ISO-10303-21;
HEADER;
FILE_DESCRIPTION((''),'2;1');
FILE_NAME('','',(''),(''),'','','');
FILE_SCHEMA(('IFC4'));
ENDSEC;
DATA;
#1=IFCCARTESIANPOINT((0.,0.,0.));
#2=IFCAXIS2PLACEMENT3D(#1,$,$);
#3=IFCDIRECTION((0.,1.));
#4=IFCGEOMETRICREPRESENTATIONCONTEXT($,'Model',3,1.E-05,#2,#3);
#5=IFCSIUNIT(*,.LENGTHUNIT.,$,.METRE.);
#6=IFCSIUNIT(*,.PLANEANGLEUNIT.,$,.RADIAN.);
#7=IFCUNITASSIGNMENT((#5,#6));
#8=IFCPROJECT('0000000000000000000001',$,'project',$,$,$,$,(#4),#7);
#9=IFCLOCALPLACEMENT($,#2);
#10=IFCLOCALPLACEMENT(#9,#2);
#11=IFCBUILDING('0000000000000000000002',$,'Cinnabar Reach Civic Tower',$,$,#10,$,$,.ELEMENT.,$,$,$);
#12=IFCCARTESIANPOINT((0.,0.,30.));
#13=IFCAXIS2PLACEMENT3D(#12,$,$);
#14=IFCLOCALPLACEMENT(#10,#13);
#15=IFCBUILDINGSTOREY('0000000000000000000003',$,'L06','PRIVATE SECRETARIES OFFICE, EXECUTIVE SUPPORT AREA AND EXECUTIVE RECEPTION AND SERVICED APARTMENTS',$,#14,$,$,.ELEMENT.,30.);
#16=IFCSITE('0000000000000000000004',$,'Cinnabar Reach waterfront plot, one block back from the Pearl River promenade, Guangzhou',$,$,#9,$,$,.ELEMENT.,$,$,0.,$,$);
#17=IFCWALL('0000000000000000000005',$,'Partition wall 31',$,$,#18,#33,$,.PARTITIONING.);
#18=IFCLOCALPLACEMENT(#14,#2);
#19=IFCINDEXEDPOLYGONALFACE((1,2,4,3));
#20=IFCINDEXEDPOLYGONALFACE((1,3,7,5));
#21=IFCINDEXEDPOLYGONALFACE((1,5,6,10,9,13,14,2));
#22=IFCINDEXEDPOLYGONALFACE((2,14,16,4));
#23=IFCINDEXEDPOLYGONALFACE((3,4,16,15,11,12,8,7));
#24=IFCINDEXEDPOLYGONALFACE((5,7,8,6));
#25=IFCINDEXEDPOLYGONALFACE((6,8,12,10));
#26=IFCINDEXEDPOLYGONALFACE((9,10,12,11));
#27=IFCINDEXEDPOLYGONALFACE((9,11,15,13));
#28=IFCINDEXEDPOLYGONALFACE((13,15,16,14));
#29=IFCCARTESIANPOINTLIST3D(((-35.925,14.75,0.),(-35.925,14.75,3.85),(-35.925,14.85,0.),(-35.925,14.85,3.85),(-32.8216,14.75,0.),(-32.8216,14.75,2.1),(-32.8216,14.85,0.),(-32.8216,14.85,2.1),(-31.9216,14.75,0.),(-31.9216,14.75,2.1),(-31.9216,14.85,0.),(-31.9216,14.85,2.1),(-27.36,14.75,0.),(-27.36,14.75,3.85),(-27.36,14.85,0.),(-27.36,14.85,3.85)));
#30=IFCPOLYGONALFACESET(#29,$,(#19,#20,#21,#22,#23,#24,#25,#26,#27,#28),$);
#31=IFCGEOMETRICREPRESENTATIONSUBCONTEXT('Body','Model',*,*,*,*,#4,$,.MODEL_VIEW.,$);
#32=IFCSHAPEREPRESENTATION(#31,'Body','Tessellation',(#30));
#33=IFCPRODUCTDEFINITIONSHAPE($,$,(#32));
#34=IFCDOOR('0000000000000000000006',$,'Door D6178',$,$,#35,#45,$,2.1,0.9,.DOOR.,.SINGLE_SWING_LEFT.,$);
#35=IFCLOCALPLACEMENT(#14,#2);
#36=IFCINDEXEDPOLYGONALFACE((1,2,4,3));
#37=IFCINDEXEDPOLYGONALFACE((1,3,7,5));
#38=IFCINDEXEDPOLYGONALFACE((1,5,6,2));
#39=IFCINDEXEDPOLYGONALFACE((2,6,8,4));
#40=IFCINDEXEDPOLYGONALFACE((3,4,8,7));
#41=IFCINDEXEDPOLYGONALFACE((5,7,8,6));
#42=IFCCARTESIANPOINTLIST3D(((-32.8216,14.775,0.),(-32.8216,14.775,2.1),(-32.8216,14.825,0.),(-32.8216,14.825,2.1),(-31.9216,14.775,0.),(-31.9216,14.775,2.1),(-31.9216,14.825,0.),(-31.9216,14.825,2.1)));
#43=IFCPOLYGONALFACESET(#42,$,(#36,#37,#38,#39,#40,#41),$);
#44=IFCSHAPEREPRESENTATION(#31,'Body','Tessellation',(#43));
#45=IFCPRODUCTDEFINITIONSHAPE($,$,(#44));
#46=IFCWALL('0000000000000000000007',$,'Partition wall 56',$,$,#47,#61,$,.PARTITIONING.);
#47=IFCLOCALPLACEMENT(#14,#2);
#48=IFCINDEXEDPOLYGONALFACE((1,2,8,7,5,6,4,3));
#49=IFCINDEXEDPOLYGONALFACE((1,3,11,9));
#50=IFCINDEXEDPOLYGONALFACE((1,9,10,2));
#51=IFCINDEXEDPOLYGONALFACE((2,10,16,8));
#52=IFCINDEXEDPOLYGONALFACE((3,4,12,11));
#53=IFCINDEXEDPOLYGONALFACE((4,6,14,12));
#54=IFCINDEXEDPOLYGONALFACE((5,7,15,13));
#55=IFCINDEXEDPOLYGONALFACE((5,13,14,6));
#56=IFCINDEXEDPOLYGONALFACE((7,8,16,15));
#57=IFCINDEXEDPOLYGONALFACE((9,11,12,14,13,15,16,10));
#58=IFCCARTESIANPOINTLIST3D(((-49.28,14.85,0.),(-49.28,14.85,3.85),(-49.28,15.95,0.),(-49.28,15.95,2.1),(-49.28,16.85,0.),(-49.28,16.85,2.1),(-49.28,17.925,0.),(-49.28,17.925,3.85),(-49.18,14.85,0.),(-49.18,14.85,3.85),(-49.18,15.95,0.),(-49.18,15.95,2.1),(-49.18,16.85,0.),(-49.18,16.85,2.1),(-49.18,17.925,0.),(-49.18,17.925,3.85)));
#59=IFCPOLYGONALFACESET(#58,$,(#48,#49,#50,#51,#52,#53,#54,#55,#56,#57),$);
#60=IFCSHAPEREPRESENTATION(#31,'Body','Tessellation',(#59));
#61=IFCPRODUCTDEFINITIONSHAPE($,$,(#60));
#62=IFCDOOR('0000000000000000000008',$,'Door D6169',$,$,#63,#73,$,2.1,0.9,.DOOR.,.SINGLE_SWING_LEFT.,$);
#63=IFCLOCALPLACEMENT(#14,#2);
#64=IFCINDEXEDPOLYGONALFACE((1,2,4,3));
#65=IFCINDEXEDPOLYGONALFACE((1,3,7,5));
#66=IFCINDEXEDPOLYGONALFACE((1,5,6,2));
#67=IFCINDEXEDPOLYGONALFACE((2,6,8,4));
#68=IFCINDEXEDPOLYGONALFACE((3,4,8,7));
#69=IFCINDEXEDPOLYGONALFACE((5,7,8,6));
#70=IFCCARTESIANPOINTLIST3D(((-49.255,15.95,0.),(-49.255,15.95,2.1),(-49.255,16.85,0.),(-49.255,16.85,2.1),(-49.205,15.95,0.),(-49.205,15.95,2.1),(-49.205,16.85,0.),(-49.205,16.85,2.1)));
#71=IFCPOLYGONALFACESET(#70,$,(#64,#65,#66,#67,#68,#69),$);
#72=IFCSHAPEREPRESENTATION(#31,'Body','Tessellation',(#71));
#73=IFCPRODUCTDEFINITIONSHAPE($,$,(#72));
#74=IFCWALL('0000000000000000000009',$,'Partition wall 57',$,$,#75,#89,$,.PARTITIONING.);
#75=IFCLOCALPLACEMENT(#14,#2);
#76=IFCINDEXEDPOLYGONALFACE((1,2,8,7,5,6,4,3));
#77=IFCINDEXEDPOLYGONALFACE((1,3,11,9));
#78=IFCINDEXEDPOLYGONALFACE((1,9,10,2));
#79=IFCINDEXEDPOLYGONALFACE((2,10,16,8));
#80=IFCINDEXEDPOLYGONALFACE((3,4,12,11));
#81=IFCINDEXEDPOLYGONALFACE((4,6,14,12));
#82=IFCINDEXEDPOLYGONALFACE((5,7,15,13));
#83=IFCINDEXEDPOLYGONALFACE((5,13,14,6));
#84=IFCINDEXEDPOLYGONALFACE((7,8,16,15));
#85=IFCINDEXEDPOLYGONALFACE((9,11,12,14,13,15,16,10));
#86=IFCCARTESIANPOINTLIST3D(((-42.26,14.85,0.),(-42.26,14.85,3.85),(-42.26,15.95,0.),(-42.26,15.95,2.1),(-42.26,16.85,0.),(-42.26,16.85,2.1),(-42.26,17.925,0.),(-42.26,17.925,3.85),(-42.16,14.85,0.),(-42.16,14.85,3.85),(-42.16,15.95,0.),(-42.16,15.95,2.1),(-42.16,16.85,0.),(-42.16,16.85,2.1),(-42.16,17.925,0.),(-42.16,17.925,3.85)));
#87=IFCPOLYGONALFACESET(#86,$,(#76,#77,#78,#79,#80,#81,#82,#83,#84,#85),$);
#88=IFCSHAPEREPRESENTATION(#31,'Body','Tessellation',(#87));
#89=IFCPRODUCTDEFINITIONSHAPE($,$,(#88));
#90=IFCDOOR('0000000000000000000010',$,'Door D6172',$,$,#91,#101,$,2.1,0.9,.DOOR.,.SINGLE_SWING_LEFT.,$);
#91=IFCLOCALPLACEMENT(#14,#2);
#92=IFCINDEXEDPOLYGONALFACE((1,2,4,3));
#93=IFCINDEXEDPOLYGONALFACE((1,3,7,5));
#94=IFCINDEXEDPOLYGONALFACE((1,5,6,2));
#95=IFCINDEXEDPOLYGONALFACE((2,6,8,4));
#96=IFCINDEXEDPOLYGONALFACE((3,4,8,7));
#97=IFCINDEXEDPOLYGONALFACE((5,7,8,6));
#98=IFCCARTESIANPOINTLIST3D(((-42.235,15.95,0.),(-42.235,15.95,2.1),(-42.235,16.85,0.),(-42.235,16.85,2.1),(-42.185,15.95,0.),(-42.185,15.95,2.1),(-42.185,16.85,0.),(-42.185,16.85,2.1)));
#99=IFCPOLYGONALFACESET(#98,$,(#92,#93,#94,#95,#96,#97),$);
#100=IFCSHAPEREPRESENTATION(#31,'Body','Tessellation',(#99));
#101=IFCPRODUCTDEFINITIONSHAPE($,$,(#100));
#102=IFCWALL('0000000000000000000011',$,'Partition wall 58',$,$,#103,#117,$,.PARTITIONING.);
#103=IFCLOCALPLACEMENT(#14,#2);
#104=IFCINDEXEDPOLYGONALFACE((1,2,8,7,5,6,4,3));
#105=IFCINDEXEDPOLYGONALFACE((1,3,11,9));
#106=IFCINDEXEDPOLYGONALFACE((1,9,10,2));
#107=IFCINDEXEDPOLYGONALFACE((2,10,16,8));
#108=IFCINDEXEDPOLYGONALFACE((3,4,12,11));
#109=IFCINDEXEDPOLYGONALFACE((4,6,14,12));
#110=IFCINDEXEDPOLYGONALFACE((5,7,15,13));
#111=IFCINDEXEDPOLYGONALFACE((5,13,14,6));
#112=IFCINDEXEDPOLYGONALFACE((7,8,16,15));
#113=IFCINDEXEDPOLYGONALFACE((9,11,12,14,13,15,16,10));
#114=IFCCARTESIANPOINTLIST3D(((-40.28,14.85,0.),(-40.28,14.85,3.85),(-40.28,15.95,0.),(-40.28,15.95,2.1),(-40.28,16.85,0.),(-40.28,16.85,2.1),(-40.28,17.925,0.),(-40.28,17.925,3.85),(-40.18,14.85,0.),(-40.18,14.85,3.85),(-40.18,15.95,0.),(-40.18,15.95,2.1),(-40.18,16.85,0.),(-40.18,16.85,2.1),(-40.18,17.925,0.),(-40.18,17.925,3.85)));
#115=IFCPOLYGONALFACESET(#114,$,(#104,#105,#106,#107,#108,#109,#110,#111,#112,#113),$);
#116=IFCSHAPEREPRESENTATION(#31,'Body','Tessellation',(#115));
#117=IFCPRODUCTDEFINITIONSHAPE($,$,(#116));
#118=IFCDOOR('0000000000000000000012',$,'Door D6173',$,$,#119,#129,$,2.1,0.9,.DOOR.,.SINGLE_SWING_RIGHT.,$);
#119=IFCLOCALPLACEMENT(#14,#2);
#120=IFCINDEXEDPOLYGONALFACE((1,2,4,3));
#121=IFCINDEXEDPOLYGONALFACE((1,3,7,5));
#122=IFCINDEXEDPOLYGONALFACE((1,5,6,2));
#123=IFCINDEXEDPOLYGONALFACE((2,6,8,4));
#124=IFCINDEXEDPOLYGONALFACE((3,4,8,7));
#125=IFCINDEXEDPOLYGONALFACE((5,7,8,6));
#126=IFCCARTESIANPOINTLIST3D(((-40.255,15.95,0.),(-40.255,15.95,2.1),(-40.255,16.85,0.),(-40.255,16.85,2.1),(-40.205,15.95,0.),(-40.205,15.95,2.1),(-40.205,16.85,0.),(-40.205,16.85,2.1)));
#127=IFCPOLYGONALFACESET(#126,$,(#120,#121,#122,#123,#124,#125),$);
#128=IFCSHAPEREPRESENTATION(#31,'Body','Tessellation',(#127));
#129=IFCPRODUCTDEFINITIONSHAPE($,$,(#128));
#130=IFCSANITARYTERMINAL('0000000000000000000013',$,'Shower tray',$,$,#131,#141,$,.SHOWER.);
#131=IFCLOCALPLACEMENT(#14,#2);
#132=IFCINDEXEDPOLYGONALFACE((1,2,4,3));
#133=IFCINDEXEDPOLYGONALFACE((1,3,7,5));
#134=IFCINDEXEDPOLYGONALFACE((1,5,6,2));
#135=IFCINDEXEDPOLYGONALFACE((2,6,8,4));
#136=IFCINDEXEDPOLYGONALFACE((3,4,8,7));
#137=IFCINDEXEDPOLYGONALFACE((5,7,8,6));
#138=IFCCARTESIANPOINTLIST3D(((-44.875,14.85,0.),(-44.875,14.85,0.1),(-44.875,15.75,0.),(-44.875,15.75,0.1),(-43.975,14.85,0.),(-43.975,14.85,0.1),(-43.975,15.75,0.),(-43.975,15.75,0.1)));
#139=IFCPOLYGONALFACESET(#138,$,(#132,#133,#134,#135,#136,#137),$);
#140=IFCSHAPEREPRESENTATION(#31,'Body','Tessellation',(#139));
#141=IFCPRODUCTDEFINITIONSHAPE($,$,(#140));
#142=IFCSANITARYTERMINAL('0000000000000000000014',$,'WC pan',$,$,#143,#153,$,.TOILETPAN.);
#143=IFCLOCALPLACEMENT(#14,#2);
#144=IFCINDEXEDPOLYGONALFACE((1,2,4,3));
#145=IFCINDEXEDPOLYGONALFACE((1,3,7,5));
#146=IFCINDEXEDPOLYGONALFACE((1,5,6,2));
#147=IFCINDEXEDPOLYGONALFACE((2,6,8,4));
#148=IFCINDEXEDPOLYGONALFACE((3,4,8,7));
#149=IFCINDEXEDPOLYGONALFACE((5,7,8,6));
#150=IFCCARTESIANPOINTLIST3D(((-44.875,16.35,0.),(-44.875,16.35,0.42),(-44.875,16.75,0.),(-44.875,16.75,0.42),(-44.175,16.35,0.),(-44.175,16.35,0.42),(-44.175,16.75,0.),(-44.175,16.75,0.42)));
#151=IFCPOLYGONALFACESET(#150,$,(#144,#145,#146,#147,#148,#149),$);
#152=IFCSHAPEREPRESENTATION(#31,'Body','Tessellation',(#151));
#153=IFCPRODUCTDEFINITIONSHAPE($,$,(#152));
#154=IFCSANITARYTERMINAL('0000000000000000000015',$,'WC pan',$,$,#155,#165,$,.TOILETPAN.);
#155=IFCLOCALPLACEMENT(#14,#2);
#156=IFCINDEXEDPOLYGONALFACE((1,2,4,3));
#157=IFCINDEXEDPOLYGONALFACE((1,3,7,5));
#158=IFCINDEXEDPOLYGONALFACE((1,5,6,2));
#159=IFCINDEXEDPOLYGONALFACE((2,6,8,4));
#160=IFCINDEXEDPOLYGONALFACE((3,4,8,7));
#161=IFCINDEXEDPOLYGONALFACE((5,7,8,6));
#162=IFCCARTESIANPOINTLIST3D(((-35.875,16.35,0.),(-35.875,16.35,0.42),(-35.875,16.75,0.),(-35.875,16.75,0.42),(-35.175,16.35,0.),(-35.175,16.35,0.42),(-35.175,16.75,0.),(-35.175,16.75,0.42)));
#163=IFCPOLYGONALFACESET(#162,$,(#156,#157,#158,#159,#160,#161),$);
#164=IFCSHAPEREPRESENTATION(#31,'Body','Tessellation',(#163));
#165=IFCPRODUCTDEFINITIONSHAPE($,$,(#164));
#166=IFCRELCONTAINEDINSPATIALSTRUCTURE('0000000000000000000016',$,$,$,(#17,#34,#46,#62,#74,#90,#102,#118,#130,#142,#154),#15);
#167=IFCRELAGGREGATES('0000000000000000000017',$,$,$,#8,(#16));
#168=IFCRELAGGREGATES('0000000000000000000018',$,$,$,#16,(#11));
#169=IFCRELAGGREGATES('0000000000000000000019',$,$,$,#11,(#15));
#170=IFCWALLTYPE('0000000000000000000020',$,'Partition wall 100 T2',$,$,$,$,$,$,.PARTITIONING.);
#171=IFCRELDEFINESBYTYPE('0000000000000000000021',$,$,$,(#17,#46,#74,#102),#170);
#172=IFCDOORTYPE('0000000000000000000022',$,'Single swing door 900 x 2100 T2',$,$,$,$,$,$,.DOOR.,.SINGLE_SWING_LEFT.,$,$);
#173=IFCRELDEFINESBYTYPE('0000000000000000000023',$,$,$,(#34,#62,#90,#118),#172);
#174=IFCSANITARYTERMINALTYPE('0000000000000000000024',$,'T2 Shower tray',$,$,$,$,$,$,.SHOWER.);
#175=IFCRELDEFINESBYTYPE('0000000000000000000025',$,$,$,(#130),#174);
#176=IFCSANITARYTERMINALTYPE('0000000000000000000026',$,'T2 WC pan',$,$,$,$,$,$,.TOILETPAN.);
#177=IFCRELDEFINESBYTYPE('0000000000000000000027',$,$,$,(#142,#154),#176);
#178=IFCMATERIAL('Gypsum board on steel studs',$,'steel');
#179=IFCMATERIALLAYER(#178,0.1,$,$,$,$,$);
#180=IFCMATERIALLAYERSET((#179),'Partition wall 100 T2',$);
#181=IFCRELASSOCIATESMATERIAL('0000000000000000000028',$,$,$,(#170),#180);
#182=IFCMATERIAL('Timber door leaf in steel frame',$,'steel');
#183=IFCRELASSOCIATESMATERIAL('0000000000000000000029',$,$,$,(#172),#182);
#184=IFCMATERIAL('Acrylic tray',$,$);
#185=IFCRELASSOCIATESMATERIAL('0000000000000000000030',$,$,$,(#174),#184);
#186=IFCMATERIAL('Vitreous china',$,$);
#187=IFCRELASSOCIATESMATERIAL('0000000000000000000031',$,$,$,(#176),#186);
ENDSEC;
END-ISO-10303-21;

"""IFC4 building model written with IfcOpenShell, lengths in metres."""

from ifc_helpers import new_model, si_unit, direction, frame, frame_2d, origin, origin_2d, place, context, subcontext, project, spatial, rectangle, extrude, material, layer, layer_set, type_object, element, fill, save


model = new_model("IFC4")

# Units and contexts
model_context = context("Model", 3, precision=1e-05, world=origin(), true_north=direction((0.0, 1.0)))
body_context = subcontext(model_context, "Body", "Model", "MODEL_VIEW")
ifc_project = project(units=[si_unit("LENGTHUNIT", "METRE"), si_unit("PLANEANGLEUNIT", "RADIAN")], contexts=[model_context])

# Site, building, storey
site_placement = place(None, origin())
site = spatial("IfcSite", under=ifc_project, at=site_placement, Name="Cinnabar Reach waterfront plot, one block back from the Pearl River promenade, Guangzhou", CompositionType="ELEMENT", RefElevation=0.0)
building_placement = place(site_placement, origin())
building = spatial("IfcBuilding", under=site, at=building_placement, Name="Cinnabar Reach Civic Tower", CompositionType="ELEMENT")
storey_placement = place(building_placement, frame((0.0, 0.0, 30.0)))
storey = spatial("IfcBuildingStorey", under=building, at=storey_placement, Name="L06", Description="PRIVATE SECRETARIES OFFICE, EXECUTIVE SUPPORT AREA AND EXECUTIVE RECEPTION AND SERVICED APARTMENTS", CompositionType="ELEMENT", Elevation=30.0)

# Shared definitions
ifc_material_1 = material(Name="Timber door leaf in steel frame", Category="steel")

# Walls, openings, doors
ifc_material_2 = material(Name="Gypsum board on steel studs", Category="steel")
ifc_layer_1 = layer(ifc_material_2, 0.1)
ifc_layer_set_1 = layer_set([ifc_layer_1], Name="Partition wall 100 T2")
wall_type_1 = type_object("IfcWallType", Name="Partition wall 100 T2", PredefinedType="PARTITIONING", material=ifc_layer_set_1)
door_type_1 = type_object("IfcDoorType", Name="Single swing door 900 x 2100 T2", OperationType="SINGLE_SWING_LEFT", PredefinedType="DOOR", material=ifc_material_1)
wall_1_placement = place(storey_placement, frame((-35.925, 14.8, 0.0), z_axis=(0.0, 0.0, 1.0), x_axis=(1.0, 0.0, 0.0)))
wall_1 = element("IfcWall", 1, at=wall_1_placement, inside=storey, type_object=wall_type_1, Name="Partition wall 31", PredefinedType="PARTITIONING", context=body_context, shape_type="SweptSolid", body=[
    extrude(rectangle(XDim=8.565, YDim=0.1, at=frame_2d((4.2825, 0.0))), origin(), (0.0, 0.0, 1.0), 3.85),
])
opening_1_placement = place(wall_1_placement, frame((3.1034, 0.0, 0.0)))
opening_1 = element("IfcOpeningElement", 2, at=opening_1_placement, cuts=wall_1, PredefinedType="OPENING", context=body_context, shape_type="SweptSolid", body=[
    extrude(rectangle(XDim=0.9, YDim=2.1, at=frame_2d((0.45, 1.05))), frame((0.0, 0.06, 0.0), z_axis=(0.0, -1.0, 0.0), x_axis=(1.0, 0.0, 0.0)), (0.0, 0.0, 1.0), 0.12),
])
door_1_placement = place(opening_1_placement, origin())
door_1 = element("IfcDoor", 3, at=door_1_placement, inside=storey, type_object=door_type_1, Name="Door D6178", OperationType="SINGLE_SWING_LEFT", OverallHeight=2.1, OverallWidth=0.9, PredefinedType="DOOR", context=body_context, shape_type="SweptSolid", body=[
    extrude(rectangle(XDim=0.9, YDim=2.1, at=frame_2d((0.45, 1.05))), frame((0.0, 0.025, 0.0), z_axis=(0.0, -1.0, 0.0), x_axis=(1.0, 0.0, 0.0)), (0.0, 0.0, 1.0), 0.05),
])
fill(opening_1, door_1)
wall_2_placement = place(storey_placement, frame((-49.23, 14.85, 0.0), z_axis=(0.0, 0.0, 1.0), x_axis=(0.0, 1.0, 0.0)))
wall_2 = element("IfcWall", 4, at=wall_2_placement, inside=storey, type_object=wall_type_1, Name="Partition wall 56", PredefinedType="PARTITIONING", context=body_context, shape_type="SweptSolid", body=[
    extrude(rectangle(XDim=3.075, YDim=0.1, at=frame_2d((1.5375, 0.0))), origin(), (0.0, 0.0, 1.0), 3.85),
])
opening_2_placement = place(wall_2_placement, frame((1.1, 0.0, 0.0)))
opening_2 = element("IfcOpeningElement", 5, at=opening_2_placement, cuts=wall_2, PredefinedType="OPENING", context=body_context, shape_type="SweptSolid", body=[
    extrude(rectangle(XDim=0.9, YDim=2.1, at=frame_2d((0.45, 1.05))), frame((0.0, 0.06, 0.0), z_axis=(0.0, -1.0, 0.0), x_axis=(1.0, 0.0, 0.0)), (0.0, 0.0, 1.0), 0.12),
])
door_2_placement = place(opening_2_placement, origin())
door_2 = element("IfcDoor", 6, at=door_2_placement, inside=storey, type_object=door_type_1, Name="Door D6169", OperationType="SINGLE_SWING_LEFT", OverallHeight=2.1, OverallWidth=0.9, PredefinedType="DOOR", context=body_context, shape_type="SweptSolid", body=[
    extrude(rectangle(XDim=0.9, YDim=2.1, at=frame_2d((0.45, 1.05))), frame((0.0, 0.025, 0.0), z_axis=(0.0, -1.0, 0.0), x_axis=(1.0, 0.0, 0.0)), (0.0, 0.0, 1.0), 0.05),
])
fill(opening_2, door_2)
wall_3_placement = place(storey_placement, frame((-42.21, 14.85, 0.0), z_axis=(0.0, 0.0, 1.0), x_axis=(0.0, 1.0, 0.0)))
wall_3 = element("IfcWall", 7, at=wall_3_placement, inside=storey, type_object=wall_type_1, Name="Partition wall 57", PredefinedType="PARTITIONING", context=body_context, shape_type="SweptSolid", body=[
    extrude(rectangle(XDim=3.075, YDim=0.1, at=frame_2d((1.5375, 0.0))), origin(), (0.0, 0.0, 1.0), 3.85),
])
opening_3_placement = place(wall_3_placement, frame((1.1, 0.0, 0.0)))
opening_3 = element("IfcOpeningElement", 8, at=opening_3_placement, cuts=wall_3, PredefinedType="OPENING", context=body_context, shape_type="SweptSolid", body=[
    extrude(rectangle(XDim=0.9, YDim=2.1, at=frame_2d((0.45, 1.05))), frame((0.0, 0.06, 0.0), z_axis=(0.0, -1.0, 0.0), x_axis=(1.0, 0.0, 0.0)), (0.0, 0.0, 1.0), 0.12),
])
door_3_placement = place(opening_3_placement, origin())
door_3 = element("IfcDoor", 9, at=door_3_placement, inside=storey, type_object=door_type_1, Name="Door D6172", OperationType="SINGLE_SWING_LEFT", OverallHeight=2.1, OverallWidth=0.9, PredefinedType="DOOR", context=body_context, shape_type="SweptSolid", body=[
    extrude(rectangle(XDim=0.9, YDim=2.1, at=frame_2d((0.45, 1.05))), frame((0.0, 0.025, 0.0), z_axis=(0.0, -1.0, 0.0), x_axis=(1.0, 0.0, 0.0)), (0.0, 0.0, 1.0), 0.05),
])
fill(opening_3, door_3)
wall_4_placement = place(storey_placement, frame((-40.23, 14.85, 0.0), z_axis=(0.0, 0.0, 1.0), x_axis=(0.0, 1.0, 0.0)))
wall_4 = element("IfcWall", 10, at=wall_4_placement, inside=storey, type_object=wall_type_1, Name="Partition wall 58", PredefinedType="PARTITIONING", context=body_context, shape_type="SweptSolid", body=[
    extrude(rectangle(XDim=3.075, YDim=0.1, at=frame_2d((1.5375, 0.0))), origin(), (0.0, 0.0, 1.0), 3.85),
])
opening_4_placement = place(wall_4_placement, frame((1.1, 0.0, 0.0)))
opening_4 = element("IfcOpeningElement", 11, at=opening_4_placement, cuts=wall_4, PredefinedType="OPENING", context=body_context, shape_type="SweptSolid", body=[
    extrude(rectangle(XDim=0.9, YDim=2.1, at=frame_2d((0.45, 1.05))), frame((0.0, 0.06, 0.0), z_axis=(0.0, -1.0, 0.0), x_axis=(1.0, 0.0, 0.0)), (0.0, 0.0, 1.0), 0.12),
])
door_4_placement = place(opening_4_placement, origin())
door_4 = element("IfcDoor", 12, at=door_4_placement, inside=storey, type_object=door_type_1, Name="Door D6173", OperationType="SINGLE_SWING_RIGHT", OverallHeight=2.1, OverallWidth=0.9, PredefinedType="DOOR", context=body_context, shape_type="SweptSolid", body=[
    extrude(rectangle(XDim=0.9, YDim=2.1, at=frame_2d((0.45, 1.05))), frame((0.0, 0.025, 0.0), z_axis=(0.0, -1.0, 0.0), x_axis=(1.0, 0.0, 0.0)), (0.0, 0.0, 1.0), 0.05),
])
fill(opening_4, door_4)

# Sanitary terminals
ifc_material_3 = material(Name="Acrylic tray")
sanitary_terminal_type_1 = type_object("IfcSanitaryTerminalType", Name="T2 Shower tray", PredefinedType="SHOWER", material=ifc_material_3)
sanitary_terminal_placement = place(storey_placement, frame((-44.425, 15.3, 0.0), z_axis=(0.0, 0.0, 1.0), x_axis=(1.0, 0.0, 0.0)))
element("IfcSanitaryTerminal", 13, at=sanitary_terminal_placement, inside=storey, type_object=sanitary_terminal_type_1, Name="Shower tray", PredefinedType="SHOWER", context=body_context, shape_type="SweptSolid", body=[
    extrude(rectangle(XDim=0.9, YDim=0.9, at=origin_2d()), origin(), (0.0, 0.0, 1.0), 0.1),
])
ifc_material_4 = material(Name="Vitreous china")
sanitary_terminal_type_2 = type_object("IfcSanitaryTerminalType", Name="T2 WC pan", PredefinedType="TOILETPAN", material=ifc_material_4)
for number, where, z_axis, x_axis, name in (
    (14, (-44.525, 16.55, 0.0), (0.0, 0.0, 1.0), (1.0, 0.0, 0.0), "WC pan"),
    (15, (-35.525, 16.55, 0.0), (0.0, 0.0, 1.0), (1.0, 0.0, 0.0), "WC pan"),
):
    element("IfcSanitaryTerminal", number, at=place(storey_placement, frame(where, z_axis=z_axis, x_axis=x_axis)), inside=storey, type_object=sanitary_terminal_type_2, Name=name, PredefinedType="TOILETPAN", context=body_context, shape_type="SweptSolid", body=[
        extrude(rectangle(XDim=0.7, YDim=0.4, at=origin_2d()), origin(), (0.0, 0.0, 1.0), 0.42),
    ])

save(model, "model.ifc")
